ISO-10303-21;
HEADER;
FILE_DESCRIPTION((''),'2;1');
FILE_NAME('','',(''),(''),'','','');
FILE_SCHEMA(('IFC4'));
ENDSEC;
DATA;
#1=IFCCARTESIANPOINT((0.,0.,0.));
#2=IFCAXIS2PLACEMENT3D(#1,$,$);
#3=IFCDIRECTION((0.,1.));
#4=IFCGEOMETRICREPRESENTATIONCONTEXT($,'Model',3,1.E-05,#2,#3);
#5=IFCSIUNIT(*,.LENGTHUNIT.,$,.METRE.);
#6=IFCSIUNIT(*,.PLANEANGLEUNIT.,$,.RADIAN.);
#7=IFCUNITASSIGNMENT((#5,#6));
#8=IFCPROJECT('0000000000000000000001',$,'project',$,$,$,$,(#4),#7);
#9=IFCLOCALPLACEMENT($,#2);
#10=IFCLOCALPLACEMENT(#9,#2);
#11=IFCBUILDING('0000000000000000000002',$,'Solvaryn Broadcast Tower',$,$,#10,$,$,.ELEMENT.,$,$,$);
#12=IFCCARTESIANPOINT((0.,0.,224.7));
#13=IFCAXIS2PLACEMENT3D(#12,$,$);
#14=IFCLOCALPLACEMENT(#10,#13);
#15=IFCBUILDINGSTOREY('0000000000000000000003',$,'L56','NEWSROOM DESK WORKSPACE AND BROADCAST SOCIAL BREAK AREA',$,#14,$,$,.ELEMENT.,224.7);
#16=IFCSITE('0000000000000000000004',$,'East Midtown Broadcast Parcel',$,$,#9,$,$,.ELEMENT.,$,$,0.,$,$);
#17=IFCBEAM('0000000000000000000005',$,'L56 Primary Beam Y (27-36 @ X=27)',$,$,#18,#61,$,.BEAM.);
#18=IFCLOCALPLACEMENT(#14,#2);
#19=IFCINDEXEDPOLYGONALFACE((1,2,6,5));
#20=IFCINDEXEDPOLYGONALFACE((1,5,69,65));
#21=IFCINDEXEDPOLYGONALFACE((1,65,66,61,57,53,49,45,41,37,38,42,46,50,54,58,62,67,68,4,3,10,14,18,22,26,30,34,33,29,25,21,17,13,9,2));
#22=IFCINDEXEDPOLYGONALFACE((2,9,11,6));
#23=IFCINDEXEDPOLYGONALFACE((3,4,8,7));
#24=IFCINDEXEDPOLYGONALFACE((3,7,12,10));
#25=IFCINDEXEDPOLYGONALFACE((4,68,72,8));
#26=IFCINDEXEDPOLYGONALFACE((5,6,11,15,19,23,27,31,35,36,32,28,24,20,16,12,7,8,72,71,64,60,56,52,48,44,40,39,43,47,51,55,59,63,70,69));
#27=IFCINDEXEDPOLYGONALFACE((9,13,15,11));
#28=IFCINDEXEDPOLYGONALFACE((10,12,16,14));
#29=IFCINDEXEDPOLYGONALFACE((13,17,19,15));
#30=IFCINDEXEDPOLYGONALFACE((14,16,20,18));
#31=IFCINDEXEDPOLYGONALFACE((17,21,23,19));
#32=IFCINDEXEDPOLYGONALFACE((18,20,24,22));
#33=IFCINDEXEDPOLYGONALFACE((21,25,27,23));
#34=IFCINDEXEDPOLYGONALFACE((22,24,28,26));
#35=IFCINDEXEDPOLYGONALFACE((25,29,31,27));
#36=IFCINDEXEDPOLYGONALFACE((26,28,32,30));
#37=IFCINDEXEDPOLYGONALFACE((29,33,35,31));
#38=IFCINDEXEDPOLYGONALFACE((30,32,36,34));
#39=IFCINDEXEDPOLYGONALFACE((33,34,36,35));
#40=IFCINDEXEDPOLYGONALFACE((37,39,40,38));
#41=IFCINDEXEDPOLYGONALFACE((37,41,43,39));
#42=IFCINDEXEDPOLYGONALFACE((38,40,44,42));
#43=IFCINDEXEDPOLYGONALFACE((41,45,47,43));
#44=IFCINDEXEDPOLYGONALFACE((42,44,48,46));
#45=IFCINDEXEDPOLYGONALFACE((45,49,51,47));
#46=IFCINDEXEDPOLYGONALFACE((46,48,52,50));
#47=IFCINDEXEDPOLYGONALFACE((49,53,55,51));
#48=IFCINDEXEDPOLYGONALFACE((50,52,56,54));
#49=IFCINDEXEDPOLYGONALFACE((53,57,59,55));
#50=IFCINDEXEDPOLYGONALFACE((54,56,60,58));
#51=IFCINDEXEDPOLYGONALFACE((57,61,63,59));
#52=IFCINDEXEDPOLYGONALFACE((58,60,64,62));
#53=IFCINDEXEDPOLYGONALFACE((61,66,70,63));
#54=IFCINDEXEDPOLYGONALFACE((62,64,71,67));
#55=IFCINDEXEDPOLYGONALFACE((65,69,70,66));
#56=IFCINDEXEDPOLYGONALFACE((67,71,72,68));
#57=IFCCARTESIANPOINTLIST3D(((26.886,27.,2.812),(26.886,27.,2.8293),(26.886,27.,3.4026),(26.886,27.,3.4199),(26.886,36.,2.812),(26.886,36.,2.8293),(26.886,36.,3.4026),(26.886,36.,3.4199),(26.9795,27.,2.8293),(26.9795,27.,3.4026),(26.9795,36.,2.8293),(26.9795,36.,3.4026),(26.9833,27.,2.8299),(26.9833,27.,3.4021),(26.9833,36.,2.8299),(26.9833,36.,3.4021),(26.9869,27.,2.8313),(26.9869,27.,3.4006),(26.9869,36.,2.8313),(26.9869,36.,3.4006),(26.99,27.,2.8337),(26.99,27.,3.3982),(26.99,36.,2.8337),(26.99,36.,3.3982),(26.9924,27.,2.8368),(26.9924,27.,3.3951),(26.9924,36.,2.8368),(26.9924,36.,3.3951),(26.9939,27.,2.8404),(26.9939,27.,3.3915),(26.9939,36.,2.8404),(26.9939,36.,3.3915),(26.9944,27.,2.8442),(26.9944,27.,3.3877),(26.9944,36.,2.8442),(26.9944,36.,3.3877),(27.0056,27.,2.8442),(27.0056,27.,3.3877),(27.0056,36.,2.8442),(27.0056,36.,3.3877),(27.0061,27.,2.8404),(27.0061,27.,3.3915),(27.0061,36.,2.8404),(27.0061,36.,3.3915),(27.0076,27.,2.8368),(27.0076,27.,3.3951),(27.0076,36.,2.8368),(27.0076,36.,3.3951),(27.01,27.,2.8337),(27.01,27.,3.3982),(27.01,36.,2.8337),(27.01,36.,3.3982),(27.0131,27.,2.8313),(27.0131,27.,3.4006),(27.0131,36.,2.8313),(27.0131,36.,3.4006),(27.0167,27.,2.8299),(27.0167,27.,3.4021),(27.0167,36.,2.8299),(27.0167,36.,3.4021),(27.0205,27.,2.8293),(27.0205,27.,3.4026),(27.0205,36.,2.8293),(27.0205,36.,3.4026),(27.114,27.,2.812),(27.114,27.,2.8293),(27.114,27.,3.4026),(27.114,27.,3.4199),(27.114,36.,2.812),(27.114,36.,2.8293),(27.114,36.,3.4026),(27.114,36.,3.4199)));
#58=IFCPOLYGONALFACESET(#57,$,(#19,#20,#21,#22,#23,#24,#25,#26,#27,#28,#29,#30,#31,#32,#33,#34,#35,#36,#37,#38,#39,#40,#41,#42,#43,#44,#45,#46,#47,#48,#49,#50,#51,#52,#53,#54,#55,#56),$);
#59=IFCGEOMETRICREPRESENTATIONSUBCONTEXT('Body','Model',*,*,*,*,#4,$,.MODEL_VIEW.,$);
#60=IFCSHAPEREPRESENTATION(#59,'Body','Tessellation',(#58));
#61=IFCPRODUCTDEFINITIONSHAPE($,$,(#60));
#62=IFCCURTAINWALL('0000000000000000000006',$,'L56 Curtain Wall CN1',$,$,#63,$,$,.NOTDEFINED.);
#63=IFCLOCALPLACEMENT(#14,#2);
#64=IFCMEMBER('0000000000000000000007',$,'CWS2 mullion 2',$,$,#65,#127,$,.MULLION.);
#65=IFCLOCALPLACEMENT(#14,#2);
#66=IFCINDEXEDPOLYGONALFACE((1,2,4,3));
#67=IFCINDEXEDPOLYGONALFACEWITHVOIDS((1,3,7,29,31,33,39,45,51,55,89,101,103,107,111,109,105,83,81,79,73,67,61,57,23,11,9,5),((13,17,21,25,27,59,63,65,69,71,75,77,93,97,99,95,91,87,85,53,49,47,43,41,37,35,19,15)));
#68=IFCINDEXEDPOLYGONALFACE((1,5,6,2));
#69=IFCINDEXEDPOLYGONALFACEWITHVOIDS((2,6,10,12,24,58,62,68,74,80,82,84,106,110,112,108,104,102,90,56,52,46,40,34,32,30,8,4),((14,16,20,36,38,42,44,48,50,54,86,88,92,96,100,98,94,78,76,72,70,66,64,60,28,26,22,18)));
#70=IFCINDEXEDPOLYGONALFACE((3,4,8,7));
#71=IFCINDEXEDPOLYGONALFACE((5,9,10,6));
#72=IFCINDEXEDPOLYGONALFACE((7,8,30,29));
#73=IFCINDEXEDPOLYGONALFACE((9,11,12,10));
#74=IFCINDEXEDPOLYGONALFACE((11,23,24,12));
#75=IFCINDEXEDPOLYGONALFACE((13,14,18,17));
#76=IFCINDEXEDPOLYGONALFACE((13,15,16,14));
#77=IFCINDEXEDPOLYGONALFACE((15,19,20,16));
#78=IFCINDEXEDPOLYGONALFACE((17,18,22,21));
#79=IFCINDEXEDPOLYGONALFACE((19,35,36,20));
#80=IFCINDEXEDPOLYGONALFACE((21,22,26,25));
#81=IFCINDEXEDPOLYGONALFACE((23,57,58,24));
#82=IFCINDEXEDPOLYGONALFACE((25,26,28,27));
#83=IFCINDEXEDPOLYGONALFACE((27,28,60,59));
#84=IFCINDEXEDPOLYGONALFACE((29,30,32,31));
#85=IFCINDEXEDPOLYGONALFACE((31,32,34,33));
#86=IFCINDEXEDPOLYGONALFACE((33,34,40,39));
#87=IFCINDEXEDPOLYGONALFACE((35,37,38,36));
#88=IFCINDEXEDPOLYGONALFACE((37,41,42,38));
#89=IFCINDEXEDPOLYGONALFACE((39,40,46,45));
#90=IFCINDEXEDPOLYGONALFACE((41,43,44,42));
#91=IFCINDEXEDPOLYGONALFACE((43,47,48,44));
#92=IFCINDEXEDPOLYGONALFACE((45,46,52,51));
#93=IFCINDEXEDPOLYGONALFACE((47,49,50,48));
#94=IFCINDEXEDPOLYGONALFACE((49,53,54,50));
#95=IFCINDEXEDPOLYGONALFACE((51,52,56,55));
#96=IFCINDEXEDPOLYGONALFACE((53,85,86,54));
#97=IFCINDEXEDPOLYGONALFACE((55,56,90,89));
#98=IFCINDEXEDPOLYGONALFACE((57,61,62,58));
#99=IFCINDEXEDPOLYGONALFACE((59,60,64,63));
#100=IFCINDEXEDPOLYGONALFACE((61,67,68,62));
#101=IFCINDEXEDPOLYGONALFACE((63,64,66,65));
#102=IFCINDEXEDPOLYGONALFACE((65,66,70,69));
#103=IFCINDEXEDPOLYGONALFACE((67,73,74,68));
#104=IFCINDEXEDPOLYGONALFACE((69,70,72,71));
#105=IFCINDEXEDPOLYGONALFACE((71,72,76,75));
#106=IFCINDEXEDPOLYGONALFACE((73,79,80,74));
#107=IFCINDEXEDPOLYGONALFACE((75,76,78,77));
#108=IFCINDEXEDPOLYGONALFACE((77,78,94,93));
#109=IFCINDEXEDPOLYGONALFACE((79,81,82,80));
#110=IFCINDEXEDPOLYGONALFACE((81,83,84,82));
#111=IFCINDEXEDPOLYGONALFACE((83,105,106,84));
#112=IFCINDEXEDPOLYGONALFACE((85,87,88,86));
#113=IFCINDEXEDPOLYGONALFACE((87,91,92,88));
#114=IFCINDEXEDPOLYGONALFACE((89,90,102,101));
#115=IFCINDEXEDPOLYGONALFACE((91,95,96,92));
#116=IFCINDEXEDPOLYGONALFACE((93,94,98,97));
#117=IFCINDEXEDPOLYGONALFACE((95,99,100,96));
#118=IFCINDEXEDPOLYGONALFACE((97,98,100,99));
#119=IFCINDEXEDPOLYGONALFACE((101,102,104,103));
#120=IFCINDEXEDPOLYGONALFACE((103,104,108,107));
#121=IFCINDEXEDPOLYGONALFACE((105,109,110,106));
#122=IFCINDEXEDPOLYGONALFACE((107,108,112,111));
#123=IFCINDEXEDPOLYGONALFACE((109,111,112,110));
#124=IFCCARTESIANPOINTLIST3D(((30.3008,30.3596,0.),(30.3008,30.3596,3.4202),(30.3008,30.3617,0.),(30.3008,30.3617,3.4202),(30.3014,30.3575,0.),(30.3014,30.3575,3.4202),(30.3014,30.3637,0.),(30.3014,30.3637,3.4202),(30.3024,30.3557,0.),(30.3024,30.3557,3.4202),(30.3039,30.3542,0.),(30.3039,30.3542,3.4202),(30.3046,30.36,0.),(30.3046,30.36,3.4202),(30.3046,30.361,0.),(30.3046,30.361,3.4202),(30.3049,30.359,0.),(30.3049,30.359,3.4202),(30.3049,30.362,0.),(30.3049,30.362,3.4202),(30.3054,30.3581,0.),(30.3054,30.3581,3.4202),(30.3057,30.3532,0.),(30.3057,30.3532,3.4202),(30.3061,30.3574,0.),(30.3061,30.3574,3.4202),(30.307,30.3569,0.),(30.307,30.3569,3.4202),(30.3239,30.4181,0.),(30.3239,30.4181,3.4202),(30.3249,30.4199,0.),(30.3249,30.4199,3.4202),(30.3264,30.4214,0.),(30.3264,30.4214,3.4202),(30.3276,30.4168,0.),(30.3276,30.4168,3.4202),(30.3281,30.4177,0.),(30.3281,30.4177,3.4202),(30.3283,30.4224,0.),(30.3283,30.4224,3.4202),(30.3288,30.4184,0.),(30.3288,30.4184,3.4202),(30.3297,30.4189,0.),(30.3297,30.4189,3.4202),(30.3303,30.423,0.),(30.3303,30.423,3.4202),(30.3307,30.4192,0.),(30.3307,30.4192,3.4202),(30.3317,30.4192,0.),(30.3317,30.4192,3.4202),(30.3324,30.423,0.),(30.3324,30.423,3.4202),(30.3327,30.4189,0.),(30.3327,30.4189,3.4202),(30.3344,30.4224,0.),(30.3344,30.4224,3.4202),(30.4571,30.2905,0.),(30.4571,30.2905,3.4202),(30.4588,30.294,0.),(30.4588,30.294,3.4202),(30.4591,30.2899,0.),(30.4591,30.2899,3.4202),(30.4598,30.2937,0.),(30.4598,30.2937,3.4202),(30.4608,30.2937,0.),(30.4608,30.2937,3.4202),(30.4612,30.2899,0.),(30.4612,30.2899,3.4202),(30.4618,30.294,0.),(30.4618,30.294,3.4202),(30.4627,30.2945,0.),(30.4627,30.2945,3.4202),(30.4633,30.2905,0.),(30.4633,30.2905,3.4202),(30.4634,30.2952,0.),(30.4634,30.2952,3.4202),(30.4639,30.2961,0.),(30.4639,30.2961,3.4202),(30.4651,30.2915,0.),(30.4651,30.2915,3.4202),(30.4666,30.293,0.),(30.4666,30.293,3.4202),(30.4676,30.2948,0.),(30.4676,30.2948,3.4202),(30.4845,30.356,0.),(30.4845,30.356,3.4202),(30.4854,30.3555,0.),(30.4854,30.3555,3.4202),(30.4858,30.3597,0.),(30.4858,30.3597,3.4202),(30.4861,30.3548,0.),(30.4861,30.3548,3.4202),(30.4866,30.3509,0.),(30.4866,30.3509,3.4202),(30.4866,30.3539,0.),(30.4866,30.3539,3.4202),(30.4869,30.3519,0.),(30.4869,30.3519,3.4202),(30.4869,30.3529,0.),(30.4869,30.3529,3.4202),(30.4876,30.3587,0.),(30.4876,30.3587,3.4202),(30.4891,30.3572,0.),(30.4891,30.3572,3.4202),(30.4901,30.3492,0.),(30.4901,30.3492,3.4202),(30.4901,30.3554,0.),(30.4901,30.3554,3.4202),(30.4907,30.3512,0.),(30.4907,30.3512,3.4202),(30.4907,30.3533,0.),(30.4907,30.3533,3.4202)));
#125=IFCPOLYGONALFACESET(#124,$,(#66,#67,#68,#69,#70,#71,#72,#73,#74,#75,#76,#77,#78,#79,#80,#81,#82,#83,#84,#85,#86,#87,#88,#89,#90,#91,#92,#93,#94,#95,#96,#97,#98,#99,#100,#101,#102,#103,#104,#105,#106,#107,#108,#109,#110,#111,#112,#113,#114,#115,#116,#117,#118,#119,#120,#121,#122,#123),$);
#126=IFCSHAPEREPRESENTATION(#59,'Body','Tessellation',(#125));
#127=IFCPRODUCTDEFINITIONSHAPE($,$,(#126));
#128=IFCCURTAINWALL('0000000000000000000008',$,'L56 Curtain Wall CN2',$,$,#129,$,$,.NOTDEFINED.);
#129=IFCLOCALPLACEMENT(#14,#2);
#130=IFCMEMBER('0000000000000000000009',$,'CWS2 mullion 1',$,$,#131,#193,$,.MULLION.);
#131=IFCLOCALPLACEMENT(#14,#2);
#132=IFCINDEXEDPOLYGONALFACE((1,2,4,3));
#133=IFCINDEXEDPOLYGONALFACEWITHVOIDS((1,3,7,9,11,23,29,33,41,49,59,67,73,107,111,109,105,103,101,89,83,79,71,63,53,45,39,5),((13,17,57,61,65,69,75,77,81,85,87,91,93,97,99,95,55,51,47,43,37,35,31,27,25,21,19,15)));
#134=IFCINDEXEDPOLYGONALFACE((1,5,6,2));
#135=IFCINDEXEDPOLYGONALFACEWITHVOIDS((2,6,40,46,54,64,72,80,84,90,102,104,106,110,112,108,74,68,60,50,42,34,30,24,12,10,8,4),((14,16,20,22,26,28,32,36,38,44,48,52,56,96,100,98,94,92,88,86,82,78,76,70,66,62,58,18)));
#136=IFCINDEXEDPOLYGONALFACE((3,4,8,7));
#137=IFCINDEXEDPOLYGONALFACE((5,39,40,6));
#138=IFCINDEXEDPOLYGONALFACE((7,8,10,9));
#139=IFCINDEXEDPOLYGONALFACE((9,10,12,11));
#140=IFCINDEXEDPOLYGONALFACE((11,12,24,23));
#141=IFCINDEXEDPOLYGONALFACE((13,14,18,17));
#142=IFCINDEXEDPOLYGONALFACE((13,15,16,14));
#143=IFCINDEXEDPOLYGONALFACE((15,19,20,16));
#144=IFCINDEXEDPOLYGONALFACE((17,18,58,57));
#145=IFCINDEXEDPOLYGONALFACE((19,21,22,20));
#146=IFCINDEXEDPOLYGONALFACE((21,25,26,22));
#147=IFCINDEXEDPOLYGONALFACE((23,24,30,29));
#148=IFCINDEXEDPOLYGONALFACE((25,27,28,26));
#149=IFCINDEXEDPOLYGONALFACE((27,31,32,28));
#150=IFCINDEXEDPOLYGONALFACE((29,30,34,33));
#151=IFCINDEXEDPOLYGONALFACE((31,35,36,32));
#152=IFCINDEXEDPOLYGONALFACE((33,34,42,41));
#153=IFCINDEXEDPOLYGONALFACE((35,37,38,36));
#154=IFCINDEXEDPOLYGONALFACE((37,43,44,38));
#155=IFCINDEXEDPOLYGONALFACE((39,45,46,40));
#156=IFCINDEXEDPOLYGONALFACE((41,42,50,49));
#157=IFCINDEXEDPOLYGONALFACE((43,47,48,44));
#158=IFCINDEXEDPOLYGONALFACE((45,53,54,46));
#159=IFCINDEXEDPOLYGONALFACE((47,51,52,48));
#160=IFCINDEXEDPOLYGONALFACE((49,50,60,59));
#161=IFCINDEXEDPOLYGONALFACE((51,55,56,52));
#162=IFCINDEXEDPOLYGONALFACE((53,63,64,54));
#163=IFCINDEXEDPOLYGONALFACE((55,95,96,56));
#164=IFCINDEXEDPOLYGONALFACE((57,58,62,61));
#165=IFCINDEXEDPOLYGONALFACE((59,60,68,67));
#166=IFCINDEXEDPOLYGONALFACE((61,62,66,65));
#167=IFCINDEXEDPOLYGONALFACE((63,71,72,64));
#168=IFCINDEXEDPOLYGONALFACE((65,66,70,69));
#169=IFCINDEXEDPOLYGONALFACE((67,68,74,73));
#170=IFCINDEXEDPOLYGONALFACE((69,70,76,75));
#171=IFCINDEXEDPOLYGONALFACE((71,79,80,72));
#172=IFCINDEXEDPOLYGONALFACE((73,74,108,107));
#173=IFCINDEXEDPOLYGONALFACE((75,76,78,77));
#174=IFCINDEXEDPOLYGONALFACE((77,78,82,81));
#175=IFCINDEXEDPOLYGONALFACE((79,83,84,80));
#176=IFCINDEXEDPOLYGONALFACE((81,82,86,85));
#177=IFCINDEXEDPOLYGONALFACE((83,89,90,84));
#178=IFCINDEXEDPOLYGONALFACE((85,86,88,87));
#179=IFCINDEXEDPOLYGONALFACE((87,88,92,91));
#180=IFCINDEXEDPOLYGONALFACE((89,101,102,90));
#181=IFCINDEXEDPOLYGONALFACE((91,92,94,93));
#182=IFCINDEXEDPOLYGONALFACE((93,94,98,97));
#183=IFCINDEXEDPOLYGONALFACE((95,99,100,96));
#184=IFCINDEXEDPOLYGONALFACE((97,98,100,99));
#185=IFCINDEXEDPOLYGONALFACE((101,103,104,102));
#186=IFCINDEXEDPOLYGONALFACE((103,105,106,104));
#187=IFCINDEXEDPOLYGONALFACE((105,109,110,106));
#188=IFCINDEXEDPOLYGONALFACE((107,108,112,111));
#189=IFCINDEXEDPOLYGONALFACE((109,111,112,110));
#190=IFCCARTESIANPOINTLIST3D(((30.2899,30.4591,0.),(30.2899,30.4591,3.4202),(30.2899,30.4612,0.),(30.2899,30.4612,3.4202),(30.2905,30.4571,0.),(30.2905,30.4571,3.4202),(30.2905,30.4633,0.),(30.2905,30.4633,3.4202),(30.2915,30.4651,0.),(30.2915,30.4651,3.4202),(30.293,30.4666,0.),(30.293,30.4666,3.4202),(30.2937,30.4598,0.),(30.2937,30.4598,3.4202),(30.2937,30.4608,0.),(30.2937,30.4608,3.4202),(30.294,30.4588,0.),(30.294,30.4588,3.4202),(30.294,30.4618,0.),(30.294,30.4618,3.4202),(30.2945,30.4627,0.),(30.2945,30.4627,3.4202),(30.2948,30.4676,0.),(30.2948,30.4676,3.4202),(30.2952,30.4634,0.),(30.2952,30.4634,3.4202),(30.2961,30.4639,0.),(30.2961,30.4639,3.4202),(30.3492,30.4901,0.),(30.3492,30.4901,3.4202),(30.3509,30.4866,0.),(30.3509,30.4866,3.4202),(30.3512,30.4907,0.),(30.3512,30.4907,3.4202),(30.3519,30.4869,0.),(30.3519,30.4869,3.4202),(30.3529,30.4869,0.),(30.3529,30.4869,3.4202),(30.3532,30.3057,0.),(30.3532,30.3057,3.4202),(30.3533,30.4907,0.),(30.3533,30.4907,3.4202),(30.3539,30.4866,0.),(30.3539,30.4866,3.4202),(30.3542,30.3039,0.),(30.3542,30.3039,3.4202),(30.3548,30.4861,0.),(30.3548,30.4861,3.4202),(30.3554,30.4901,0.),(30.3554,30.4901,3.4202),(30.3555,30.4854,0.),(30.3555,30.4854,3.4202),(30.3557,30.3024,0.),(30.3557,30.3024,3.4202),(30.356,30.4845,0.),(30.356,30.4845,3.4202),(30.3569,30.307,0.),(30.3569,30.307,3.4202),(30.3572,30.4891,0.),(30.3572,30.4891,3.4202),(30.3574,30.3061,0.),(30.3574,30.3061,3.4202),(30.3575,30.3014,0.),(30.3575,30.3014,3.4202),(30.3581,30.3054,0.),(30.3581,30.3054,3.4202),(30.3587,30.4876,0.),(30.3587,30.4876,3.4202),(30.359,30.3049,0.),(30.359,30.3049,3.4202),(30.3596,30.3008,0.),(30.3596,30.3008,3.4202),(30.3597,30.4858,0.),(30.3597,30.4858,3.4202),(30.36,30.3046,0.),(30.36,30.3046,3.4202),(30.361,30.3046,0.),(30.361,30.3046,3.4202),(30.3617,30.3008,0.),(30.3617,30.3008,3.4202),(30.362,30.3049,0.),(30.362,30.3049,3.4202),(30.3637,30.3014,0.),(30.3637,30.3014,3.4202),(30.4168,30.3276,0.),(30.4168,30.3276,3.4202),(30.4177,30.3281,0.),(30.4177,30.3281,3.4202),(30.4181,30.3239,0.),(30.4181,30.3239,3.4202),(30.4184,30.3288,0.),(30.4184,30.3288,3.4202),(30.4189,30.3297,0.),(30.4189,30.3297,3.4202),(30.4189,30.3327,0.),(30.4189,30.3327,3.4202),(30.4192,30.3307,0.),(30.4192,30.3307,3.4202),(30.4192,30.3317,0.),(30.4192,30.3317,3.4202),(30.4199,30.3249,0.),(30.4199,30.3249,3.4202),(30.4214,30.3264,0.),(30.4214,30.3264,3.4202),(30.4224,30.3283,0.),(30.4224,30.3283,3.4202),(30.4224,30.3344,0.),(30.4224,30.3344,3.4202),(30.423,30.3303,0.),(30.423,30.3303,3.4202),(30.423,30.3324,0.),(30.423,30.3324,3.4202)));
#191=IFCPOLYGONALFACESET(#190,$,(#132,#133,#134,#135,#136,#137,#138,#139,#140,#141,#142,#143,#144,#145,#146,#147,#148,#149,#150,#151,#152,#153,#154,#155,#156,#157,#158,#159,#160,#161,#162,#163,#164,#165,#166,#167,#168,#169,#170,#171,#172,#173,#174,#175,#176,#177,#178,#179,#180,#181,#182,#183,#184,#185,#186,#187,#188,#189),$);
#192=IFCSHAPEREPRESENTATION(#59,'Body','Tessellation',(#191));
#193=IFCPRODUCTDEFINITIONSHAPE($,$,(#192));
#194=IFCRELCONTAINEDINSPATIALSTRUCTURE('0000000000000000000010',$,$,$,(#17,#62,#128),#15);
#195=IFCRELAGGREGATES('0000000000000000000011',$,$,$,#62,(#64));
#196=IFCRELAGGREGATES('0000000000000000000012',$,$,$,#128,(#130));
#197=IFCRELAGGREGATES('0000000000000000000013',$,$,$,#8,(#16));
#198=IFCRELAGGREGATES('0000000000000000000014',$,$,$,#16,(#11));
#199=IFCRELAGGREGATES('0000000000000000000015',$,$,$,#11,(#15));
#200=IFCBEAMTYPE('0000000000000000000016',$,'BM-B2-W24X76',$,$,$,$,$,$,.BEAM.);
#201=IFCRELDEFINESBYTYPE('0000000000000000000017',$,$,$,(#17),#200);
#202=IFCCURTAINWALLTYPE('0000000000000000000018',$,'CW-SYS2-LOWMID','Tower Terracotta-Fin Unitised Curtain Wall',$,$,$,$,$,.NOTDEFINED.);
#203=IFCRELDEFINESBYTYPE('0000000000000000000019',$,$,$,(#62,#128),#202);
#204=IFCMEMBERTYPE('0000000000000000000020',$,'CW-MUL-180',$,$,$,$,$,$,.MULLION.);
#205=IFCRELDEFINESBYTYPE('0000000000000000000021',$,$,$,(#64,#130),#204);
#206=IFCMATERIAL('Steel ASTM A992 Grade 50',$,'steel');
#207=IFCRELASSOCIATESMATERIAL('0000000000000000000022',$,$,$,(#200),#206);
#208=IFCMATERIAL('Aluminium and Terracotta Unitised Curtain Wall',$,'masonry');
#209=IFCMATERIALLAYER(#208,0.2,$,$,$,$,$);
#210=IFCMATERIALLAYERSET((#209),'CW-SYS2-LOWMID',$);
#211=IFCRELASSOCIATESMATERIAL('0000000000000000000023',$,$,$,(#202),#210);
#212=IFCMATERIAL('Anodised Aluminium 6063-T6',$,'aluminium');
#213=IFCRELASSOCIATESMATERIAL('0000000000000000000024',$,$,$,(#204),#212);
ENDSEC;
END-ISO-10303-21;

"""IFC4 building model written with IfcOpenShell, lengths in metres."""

from ifc_helpers import new_model, si_unit, direction, frame, origin, origin_2d, place, context, subcontext, project, spatial, hollow_rectangle, i_section, extrude, material, layer, layer_set, material_profile, profile_set, type_object, element, aggregate, save


model = new_model("IFC4")

# Units and contexts
model_context = context("Model", 3, precision=1e-05, world=origin(), true_north=direction((0.0, 1.0)))
body_context = subcontext(model_context, "Body", "Model", "MODEL_VIEW")
ifc_project = project(units=[si_unit("LENGTHUNIT", "METRE"), si_unit("PLANEANGLEUNIT", "RADIAN")], contexts=[model_context])

# Site, building, storey
site_placement = place(None, origin())
site = spatial("IfcSite", under=ifc_project, at=site_placement, Name="East Midtown Broadcast Parcel", CompositionType="ELEMENT", RefElevation=0.0)
building_placement = place(site_placement, origin())
building = spatial("IfcBuilding", under=site, at=building_placement, Name="Solvaryn Broadcast Tower", CompositionType="ELEMENT")
storey_placement = place(building_placement, frame((0.0, 0.0, 224.7)))
storey = spatial("IfcBuildingStorey", under=building, at=storey_placement, Name="L56", Description="NEWSROOM DESK WORKSPACE AND BROADCAST SOCIAL BREAK AREA", CompositionType="ELEMENT", Elevation=224.7)

# Beam
ifc_material_1 = material(Name="Steel ASTM A992 Grade 50", Category="steel")
ifc_material_profile_1 = material_profile(ifc_material_1, i_section(OverallWidth=0.228, OverallDepth=0.6079, WebThickness=0.0112, FlangeThickness=0.0173, FilletRadius=0.0149, at=origin_2d()))
ifc_profile_set_1 = profile_set([ifc_material_profile_1], Name="Steel ASTM A992 Grade 50")
beam_type_1 = type_object("IfcBeamType", Name="BM-B2-W24X76", PredefinedType="BEAM", material=ifc_profile_set_1)
beam_1_placement = place(storey_placement, frame((27.0, 27.0, 3.116), z_axis=(0.0, 1.0, 0.0), x_axis=(-1.0, 0.0, 0.0)))
element("IfcBeam", 1, at=beam_1_placement, inside=storey, type_object=beam_type_1, Name="L56 Primary Beam Y (27-36 @ X=27)", PredefinedType="BEAM", context=body_context, shape_type="SweptSolid", body=[
    extrude(i_section(OverallWidth=0.228, OverallDepth=0.6079, WebThickness=0.0112, FlangeThickness=0.0173, FilletRadius=0.0149, at=origin_2d()), origin(), (0.0, 0.0, 1.0), 9.0),
])

# Curtain wall, member
ifc_material_2 = material(Name="Aluminium and Terracotta Unitised Curtain Wall", Category="masonry")
ifc_layer_1 = layer(ifc_material_2, 0.2)
ifc_layer_set_1 = layer_set([ifc_layer_1], Name="CW-SYS2-LOWMID")
curtain_wall_type = type_object("IfcCurtainWallType", Name="CW-SYS2-LOWMID", Description="Tower Terracotta-Fin Unitised Curtain Wall", PredefinedType="NOTDEFINED", material=ifc_layer_set_1)
curtain_wall_1_placement = place(storey_placement, origin())
curtain_wall_1 = element("IfcCurtainWall", 2, at=curtain_wall_1_placement, inside=storey, type_object=curtain_wall_type, Name="L56 Curtain Wall CN1", PredefinedType="NOTDEFINED")
ifc_material_3 = material(Name="Anodised Aluminium 6063-T6", Category="aluminium")
ifc_material_profile_2 = material_profile(ifc_material_3, hollow_rectangle(XDim=0.075, YDim=0.1799, WallThickness=0.0039, InnerFilletRadius=0.0039, OuterFilletRadius=0.0081, at=origin_2d()))
ifc_profile_set_2 = profile_set([ifc_material_profile_2], Name="Anodised Aluminium 6063-T6")
member_type_1 = type_object("IfcMemberType", Name="CW-MUL-180", PredefinedType="MULLION", material=ifc_profile_set_2)
member_1_placement = place(storey_placement, frame((30.3958, 30.3564, 0.0), z_axis=(0.0, 0.0, 1.0), x_axis=(-0.382646, -0.923895, 0.0)))
member_1 = element("IfcMember", 3, at=member_1_placement, type_object=member_type_1, Name="CWS2 mullion 2", PredefinedType="MULLION", context=body_context, shape_type="SweptSolid", body=[
    extrude(hollow_rectangle(XDim=0.075, YDim=0.1799, WallThickness=0.0039, InnerFilletRadius=0.0039, OuterFilletRadius=0.0081, at=origin_2d()), origin(), (0.0, 0.0, 1.0), 3.4202),
])

# Curtain wall, member
curtain_wall_2_placement = place(storey_placement, origin())
curtain_wall_2 = element("IfcCurtainWall", 4, at=curtain_wall_2_placement, inside=storey, type_object=curtain_wall_type, Name="L56 Curtain Wall CN2", PredefinedType="NOTDEFINED")
member_2_placement = place(storey_placement, frame((30.3564, 30.3958, 0.0), z_axis=(0.0, 0.0, 1.0), x_axis=(-0.923895, -0.382646, 0.0)))
member_2 = element("IfcMember", 5, at=member_2_placement, type_object=member_type_1, Name="CWS2 mullion 1", PredefinedType="MULLION", context=body_context, shape_type="SweptSolid", body=[
    extrude(hollow_rectangle(XDim=0.075, YDim=0.1799, WallThickness=0.0039, InnerFilletRadius=0.0039, OuterFilletRadius=0.0081, at=origin_2d()), origin(), (0.0, 0.0, 1.0), 3.4202),
])

aggregate(curtain_wall_1, [member_1])
aggregate(curtain_wall_2, [member_2])

save(model, "model.ifc")
